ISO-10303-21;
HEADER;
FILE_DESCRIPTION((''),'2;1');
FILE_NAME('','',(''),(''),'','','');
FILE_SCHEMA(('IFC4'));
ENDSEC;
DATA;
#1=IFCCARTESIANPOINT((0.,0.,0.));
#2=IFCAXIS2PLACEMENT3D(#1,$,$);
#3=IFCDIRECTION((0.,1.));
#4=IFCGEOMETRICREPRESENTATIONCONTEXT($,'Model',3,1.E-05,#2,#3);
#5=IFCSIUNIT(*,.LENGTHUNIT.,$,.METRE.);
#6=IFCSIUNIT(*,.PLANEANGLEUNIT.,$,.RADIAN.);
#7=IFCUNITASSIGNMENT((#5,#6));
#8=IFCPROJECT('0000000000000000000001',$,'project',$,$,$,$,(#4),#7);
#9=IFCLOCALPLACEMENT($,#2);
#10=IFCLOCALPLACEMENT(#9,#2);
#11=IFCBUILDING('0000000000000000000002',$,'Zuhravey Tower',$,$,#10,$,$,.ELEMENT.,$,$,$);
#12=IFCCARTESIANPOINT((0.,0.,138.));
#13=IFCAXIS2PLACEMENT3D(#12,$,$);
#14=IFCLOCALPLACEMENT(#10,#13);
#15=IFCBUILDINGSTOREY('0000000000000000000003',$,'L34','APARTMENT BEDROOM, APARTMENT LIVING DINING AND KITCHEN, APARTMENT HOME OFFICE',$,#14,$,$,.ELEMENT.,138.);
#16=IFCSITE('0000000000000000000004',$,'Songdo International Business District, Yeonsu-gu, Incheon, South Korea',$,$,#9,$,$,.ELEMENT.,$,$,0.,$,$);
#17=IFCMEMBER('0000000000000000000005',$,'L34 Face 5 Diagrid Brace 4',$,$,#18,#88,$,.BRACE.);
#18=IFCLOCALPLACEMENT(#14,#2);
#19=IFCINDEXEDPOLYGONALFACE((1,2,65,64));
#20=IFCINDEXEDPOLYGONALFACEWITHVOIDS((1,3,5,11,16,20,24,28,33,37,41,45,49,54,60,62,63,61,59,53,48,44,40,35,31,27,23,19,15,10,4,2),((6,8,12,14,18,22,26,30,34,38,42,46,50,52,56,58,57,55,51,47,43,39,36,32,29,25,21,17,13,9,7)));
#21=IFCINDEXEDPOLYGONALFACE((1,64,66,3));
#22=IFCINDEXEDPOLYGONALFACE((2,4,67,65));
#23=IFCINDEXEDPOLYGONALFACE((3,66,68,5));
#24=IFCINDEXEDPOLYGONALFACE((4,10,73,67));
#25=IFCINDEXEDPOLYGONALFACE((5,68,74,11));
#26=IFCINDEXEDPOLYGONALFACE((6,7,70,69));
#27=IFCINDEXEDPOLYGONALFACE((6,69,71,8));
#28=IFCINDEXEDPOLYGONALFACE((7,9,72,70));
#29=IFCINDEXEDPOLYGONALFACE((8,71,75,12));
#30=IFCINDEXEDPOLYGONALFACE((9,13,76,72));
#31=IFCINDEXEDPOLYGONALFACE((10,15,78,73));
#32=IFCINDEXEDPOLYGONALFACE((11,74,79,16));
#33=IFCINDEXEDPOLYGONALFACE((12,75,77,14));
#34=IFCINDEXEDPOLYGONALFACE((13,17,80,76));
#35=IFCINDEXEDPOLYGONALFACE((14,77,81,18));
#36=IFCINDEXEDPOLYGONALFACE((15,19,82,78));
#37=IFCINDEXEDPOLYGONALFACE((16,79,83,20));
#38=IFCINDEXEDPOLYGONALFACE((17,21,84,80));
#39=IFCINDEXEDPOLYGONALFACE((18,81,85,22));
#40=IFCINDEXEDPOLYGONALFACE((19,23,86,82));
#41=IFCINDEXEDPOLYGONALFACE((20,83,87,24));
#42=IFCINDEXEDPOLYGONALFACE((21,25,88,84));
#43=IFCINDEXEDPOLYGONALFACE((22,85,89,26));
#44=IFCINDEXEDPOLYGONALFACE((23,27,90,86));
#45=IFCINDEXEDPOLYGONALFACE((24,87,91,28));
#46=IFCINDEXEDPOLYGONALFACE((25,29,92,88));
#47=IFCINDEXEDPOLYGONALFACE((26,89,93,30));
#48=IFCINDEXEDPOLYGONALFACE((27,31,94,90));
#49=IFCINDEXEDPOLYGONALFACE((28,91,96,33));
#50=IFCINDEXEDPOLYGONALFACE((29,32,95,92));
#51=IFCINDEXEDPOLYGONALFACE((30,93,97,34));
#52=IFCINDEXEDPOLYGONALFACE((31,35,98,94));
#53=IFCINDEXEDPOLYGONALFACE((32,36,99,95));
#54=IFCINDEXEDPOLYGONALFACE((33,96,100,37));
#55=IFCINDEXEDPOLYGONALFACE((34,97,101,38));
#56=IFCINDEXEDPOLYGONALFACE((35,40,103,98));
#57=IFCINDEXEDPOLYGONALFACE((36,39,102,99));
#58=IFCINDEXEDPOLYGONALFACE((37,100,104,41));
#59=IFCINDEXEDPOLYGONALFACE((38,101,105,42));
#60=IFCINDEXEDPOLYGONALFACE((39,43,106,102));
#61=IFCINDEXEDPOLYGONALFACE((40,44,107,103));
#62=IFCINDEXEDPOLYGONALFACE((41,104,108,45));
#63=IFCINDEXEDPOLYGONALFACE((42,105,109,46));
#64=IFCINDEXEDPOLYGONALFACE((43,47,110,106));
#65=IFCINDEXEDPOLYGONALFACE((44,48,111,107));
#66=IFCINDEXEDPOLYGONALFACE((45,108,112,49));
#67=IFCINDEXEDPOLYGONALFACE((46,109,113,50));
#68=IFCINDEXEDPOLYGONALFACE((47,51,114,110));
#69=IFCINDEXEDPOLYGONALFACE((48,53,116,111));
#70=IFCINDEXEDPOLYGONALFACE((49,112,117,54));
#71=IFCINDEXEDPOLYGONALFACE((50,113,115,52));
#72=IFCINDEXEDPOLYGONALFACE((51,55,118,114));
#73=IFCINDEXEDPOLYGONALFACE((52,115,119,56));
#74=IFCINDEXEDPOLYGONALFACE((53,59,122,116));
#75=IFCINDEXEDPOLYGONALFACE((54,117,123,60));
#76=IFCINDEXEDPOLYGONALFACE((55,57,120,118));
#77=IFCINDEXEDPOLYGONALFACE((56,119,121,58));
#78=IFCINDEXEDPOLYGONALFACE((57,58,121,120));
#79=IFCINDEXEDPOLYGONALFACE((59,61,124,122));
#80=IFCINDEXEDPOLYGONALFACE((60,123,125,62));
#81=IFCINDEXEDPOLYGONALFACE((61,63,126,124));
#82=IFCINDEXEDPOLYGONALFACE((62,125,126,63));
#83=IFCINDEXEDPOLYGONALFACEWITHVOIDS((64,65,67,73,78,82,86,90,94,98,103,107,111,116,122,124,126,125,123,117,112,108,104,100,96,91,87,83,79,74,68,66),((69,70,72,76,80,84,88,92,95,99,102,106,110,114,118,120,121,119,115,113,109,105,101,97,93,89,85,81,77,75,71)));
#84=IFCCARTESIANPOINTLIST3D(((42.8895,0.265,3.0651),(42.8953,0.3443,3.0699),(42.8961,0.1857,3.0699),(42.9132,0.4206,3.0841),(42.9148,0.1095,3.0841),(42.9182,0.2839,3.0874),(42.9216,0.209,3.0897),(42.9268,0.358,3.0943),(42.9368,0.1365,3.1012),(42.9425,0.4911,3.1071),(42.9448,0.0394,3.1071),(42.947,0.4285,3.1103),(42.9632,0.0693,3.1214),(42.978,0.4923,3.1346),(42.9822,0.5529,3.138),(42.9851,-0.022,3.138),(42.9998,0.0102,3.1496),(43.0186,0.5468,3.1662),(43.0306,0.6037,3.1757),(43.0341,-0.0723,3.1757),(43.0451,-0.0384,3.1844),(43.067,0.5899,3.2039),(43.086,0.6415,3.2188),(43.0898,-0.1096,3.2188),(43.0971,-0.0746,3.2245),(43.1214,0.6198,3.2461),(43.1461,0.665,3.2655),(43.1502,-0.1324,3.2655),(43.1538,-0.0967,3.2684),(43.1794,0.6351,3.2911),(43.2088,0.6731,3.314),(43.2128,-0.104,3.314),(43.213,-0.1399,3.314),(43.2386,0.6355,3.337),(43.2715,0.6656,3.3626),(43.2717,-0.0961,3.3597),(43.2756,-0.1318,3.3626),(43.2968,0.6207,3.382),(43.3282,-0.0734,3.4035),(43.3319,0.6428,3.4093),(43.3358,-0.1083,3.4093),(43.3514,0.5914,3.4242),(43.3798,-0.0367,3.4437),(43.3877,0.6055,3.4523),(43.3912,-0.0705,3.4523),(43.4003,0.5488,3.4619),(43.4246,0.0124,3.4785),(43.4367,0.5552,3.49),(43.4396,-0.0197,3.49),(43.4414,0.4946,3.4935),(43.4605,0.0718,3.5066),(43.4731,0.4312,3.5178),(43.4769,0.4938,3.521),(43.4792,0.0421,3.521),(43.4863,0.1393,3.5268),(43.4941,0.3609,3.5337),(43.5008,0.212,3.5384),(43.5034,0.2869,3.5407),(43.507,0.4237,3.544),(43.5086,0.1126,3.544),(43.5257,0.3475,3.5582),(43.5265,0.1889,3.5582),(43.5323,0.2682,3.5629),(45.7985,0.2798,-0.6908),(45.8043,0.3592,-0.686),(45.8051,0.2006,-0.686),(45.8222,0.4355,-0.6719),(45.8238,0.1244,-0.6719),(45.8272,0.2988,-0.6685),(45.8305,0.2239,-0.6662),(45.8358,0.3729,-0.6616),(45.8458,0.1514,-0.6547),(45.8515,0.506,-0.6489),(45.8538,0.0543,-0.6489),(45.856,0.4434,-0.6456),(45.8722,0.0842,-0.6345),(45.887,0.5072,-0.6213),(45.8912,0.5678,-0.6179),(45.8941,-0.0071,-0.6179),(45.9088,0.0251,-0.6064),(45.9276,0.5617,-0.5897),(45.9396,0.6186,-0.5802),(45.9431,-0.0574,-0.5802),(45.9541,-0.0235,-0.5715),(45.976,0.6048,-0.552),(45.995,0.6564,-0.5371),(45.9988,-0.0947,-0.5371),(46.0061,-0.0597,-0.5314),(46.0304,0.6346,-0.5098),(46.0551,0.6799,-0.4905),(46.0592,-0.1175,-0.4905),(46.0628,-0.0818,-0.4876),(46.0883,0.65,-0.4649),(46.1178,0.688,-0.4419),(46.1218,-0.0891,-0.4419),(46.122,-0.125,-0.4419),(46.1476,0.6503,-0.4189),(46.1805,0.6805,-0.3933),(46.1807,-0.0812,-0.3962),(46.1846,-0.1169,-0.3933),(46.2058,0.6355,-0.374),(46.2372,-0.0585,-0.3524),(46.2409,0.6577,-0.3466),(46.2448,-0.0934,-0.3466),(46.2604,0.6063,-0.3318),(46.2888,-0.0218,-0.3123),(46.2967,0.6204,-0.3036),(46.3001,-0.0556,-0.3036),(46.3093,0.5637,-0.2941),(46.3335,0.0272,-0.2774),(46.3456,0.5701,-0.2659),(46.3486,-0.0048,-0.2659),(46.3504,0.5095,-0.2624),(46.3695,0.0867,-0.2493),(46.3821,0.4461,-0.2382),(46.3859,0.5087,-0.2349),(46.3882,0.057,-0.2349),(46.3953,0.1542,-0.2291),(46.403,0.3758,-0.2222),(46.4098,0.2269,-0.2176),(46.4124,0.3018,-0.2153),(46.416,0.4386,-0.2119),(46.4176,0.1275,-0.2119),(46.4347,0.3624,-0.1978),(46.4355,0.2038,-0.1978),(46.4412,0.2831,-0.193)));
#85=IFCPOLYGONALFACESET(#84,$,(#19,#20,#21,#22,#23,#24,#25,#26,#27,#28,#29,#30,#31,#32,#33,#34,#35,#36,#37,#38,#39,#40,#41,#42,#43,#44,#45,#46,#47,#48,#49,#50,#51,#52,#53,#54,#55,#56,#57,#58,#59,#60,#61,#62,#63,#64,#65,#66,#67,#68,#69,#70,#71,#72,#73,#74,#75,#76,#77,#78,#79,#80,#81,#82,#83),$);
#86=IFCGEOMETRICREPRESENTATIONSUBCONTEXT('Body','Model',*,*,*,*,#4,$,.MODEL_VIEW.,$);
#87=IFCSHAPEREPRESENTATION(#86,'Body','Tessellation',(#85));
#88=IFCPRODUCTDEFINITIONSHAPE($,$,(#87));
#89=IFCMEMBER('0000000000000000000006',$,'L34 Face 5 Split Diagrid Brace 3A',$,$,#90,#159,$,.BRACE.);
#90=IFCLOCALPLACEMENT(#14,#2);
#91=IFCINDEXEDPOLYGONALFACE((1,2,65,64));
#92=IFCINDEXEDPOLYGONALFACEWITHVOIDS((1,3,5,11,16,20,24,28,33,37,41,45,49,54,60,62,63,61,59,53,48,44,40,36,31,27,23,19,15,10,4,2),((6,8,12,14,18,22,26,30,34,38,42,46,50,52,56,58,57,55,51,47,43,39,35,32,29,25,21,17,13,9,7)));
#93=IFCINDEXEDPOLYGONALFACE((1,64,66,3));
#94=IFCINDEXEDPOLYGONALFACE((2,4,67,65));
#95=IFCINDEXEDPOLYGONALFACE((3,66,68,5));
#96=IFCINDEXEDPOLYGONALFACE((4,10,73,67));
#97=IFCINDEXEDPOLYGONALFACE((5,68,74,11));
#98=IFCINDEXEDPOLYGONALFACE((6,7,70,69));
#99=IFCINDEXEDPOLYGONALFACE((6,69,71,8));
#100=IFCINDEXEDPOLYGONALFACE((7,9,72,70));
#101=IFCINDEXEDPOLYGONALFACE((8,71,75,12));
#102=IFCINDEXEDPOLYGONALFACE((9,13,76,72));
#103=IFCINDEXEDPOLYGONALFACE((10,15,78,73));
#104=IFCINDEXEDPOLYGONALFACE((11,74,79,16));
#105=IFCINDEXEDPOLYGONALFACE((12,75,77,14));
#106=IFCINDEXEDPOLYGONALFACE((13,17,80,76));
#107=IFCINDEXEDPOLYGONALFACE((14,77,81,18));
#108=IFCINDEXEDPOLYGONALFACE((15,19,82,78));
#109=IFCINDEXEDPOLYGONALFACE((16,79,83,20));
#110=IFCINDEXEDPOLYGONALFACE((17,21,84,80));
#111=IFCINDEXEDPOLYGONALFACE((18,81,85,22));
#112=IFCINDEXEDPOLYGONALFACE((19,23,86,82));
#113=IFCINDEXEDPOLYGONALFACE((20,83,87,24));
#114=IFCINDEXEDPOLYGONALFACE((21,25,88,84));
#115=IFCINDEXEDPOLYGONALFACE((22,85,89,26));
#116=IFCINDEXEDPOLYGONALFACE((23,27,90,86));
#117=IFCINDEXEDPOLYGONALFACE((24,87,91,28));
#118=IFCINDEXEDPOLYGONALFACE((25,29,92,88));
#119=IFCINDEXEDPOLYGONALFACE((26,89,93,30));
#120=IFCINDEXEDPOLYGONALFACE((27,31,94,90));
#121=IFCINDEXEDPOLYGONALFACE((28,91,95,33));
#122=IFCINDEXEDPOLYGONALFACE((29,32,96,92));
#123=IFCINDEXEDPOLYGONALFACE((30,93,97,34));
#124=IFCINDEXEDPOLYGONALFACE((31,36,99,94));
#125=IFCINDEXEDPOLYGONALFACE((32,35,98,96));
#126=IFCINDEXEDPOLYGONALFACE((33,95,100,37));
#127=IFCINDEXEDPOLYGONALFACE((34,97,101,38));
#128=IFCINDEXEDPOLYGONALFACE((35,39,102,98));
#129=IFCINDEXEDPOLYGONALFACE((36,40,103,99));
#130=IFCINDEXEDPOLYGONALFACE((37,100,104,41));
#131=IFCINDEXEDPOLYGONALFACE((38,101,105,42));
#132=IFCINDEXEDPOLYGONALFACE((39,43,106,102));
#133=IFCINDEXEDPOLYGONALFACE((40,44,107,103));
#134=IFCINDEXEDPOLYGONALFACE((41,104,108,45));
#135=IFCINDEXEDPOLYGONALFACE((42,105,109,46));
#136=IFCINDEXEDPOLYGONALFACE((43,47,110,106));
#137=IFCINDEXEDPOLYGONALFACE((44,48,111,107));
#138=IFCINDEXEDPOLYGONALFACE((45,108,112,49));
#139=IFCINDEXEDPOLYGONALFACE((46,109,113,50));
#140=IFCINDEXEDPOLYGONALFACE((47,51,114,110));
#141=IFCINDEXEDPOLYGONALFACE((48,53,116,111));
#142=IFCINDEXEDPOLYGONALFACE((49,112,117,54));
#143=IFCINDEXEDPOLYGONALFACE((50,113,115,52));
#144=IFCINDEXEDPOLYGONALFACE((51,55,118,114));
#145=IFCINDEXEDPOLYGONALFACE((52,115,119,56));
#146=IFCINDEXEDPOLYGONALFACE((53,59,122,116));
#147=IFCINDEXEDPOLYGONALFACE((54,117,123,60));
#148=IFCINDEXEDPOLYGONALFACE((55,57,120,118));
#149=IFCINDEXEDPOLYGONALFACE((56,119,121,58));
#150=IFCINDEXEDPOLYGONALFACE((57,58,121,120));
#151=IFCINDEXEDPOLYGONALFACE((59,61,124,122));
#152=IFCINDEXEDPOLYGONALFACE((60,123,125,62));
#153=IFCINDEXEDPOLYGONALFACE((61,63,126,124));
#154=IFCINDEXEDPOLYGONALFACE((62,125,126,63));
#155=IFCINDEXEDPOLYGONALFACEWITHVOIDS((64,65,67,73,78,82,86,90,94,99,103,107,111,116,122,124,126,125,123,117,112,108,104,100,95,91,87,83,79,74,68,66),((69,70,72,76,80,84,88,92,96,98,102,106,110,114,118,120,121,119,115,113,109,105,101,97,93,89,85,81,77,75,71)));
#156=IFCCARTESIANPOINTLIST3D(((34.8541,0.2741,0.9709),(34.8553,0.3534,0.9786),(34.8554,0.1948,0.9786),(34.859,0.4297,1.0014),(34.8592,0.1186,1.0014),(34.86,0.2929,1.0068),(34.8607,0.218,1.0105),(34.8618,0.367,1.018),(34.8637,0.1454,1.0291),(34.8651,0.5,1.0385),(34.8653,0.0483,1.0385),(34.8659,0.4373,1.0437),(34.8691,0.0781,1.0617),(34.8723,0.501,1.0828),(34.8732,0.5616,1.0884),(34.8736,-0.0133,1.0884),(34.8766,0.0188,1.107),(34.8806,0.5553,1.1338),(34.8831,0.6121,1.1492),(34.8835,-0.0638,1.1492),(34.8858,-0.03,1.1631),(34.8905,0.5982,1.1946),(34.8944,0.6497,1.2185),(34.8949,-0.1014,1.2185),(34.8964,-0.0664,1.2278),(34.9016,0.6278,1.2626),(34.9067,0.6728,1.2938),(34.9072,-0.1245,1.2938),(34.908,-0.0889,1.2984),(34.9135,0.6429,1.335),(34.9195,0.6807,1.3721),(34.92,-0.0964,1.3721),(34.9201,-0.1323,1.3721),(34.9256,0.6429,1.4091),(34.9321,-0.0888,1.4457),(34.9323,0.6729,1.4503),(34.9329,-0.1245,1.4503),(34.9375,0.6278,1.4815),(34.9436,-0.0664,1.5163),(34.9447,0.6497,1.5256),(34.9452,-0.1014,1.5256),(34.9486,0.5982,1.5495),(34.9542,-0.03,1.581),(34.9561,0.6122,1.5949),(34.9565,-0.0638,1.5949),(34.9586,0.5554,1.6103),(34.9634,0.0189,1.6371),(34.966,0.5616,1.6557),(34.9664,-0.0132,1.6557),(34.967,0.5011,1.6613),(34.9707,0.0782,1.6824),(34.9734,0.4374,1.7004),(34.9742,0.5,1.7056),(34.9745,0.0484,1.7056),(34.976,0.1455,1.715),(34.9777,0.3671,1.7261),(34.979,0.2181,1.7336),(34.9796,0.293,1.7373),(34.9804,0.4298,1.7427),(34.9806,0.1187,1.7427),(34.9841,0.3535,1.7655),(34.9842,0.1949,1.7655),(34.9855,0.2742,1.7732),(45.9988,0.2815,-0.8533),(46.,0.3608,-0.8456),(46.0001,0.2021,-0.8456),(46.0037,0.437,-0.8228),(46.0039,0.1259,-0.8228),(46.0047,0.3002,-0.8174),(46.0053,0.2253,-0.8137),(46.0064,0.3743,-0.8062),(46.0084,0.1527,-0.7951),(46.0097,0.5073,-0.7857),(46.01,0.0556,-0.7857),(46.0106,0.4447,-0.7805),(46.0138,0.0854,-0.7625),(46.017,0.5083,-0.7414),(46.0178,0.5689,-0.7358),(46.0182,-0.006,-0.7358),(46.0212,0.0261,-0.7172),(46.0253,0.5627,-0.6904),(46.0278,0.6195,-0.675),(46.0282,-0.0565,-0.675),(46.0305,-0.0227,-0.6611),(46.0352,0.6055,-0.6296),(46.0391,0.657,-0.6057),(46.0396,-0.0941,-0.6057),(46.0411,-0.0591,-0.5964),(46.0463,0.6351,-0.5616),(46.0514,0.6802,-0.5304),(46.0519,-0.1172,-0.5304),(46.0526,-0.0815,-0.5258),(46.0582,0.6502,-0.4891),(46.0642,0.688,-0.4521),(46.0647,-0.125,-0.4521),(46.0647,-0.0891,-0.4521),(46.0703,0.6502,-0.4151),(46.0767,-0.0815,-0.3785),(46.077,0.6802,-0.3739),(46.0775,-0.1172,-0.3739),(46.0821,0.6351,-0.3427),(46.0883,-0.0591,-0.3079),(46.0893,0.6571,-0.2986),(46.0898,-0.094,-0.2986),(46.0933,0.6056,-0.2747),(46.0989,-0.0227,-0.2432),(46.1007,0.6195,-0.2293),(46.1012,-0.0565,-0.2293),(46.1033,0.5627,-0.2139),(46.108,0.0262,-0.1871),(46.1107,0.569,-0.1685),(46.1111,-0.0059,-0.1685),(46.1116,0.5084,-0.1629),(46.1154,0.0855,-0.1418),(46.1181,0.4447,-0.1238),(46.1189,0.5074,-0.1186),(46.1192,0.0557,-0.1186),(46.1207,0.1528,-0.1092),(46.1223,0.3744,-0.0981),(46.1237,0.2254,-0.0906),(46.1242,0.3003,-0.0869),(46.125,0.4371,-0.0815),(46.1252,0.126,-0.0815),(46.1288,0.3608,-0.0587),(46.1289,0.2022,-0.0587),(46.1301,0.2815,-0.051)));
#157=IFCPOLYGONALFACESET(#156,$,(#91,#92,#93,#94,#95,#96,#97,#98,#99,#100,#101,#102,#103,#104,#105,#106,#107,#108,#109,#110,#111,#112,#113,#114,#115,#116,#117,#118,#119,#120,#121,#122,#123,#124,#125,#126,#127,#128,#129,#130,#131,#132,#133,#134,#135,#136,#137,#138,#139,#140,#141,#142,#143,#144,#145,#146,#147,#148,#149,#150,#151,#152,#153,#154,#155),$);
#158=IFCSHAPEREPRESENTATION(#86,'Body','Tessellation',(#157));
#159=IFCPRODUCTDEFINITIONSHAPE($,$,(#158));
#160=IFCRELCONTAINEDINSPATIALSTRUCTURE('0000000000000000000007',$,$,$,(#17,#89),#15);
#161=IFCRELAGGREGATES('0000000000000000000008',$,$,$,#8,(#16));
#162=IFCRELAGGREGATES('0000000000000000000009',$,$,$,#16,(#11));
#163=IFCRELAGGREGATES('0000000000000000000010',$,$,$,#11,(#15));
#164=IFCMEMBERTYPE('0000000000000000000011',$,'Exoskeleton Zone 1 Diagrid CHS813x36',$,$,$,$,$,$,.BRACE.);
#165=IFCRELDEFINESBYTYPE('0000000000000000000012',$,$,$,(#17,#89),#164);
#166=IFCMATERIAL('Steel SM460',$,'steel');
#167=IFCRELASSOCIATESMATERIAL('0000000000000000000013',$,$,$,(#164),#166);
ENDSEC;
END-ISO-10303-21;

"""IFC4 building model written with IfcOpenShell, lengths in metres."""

from ifc_helpers import new_model, si_unit, direction, frame, origin, origin_2d, place, context, subcontext, project, spatial, hollow_circle, extrude, material, material_profile, profile_set, type_object, element, save


model = new_model("IFC4")

# Units and contexts
model_context = context("Model", 3, precision=1e-05, world=origin(), true_north=direction((0.0, 1.0)))
body_context = subcontext(model_context, "Body", "Model", "MODEL_VIEW")
ifc_project = project(units=[si_unit("LENGTHUNIT", "METRE"), si_unit("PLANEANGLEUNIT", "RADIAN")], contexts=[model_context])

# Site, building, storey
site_placement = place(None, origin())
site = spatial("IfcSite", under=ifc_project, at=site_placement, Name="Songdo International Business District, Yeonsu-gu, Incheon, South Korea", CompositionType="ELEMENT", RefElevation=0.0)
building_placement = place(site_placement, origin())
building = spatial("IfcBuilding", under=site, at=building_placement, Name="Zuhravey Tower", CompositionType="ELEMENT")
storey_placement = place(building_placement, frame((0.0, 0.0, 138.0)))
storey = spatial("IfcBuildingStorey", under=building, at=storey_placement, Name="L34", Description="APARTMENT BEDROOM, APARTMENT LIVING DINING AND KITCHEN, APARTMENT HOME OFFICE", CompositionType="ELEMENT", Elevation=138.0)

# Shared definitions
ifc_material_1 = material(Name="Steel SM460", Category="steel")

# Members
ifc_material_profile_1 = material_profile(ifc_material_1, hollow_circle(Radius=0.4065, WallThickness=0.0359, at=origin_2d()), Name="CHS-812.8x36")
ifc_profile_set_1 = profile_set([ifc_material_profile_1], Name="Steel SM460")
member_type_1 = type_object("IfcMemberType", Name="Exoskeleton Zone 1 Diagrid CHS813x36", PredefinedType="BRACE", material=ifc_profile_set_1)
member_1_placement = place(storey_placement, frame((46.1199, 0.2815, -0.4419), z_axis=(-0.612325, -0.003135, 0.7906), x_axis=(0.00512, -0.999987, 0.0)))
element("IfcMember", 1, at=member_1_placement, inside=storey, type_object=member_type_1, Name="L34 Face 5 Diagrid Brace 4", PredefinedType="BRACE", context=body_context, shape_type="SweptSolid", body=[
    extrude(hollow_circle(Radius=0.4065, WallThickness=0.0359, at=origin_2d()), origin(), (0.0, 0.0, 1.0), 4.7507),
])
member_2_placement = place(storey_placement, frame((46.0645, 0.2815, -0.4521), z_axis=(-0.986867, -0.000649, 0.161534), x_axis=(0.000657, -1.0, 0.0)))
element("IfcMember", 2, at=member_2_placement, inside=storey, type_object=member_type_1, Name="L34 Face 5 Split Diagrid Brace 3A", PredefinedType="BRACE", context=body_context, shape_type="SweptSolid", body=[
    extrude(hollow_circle(Radius=0.4065, WallThickness=0.0359, at=origin_2d()), origin(), (0.0, 0.0, 1.0), 11.293),
])

save(model, "model.ifc")
